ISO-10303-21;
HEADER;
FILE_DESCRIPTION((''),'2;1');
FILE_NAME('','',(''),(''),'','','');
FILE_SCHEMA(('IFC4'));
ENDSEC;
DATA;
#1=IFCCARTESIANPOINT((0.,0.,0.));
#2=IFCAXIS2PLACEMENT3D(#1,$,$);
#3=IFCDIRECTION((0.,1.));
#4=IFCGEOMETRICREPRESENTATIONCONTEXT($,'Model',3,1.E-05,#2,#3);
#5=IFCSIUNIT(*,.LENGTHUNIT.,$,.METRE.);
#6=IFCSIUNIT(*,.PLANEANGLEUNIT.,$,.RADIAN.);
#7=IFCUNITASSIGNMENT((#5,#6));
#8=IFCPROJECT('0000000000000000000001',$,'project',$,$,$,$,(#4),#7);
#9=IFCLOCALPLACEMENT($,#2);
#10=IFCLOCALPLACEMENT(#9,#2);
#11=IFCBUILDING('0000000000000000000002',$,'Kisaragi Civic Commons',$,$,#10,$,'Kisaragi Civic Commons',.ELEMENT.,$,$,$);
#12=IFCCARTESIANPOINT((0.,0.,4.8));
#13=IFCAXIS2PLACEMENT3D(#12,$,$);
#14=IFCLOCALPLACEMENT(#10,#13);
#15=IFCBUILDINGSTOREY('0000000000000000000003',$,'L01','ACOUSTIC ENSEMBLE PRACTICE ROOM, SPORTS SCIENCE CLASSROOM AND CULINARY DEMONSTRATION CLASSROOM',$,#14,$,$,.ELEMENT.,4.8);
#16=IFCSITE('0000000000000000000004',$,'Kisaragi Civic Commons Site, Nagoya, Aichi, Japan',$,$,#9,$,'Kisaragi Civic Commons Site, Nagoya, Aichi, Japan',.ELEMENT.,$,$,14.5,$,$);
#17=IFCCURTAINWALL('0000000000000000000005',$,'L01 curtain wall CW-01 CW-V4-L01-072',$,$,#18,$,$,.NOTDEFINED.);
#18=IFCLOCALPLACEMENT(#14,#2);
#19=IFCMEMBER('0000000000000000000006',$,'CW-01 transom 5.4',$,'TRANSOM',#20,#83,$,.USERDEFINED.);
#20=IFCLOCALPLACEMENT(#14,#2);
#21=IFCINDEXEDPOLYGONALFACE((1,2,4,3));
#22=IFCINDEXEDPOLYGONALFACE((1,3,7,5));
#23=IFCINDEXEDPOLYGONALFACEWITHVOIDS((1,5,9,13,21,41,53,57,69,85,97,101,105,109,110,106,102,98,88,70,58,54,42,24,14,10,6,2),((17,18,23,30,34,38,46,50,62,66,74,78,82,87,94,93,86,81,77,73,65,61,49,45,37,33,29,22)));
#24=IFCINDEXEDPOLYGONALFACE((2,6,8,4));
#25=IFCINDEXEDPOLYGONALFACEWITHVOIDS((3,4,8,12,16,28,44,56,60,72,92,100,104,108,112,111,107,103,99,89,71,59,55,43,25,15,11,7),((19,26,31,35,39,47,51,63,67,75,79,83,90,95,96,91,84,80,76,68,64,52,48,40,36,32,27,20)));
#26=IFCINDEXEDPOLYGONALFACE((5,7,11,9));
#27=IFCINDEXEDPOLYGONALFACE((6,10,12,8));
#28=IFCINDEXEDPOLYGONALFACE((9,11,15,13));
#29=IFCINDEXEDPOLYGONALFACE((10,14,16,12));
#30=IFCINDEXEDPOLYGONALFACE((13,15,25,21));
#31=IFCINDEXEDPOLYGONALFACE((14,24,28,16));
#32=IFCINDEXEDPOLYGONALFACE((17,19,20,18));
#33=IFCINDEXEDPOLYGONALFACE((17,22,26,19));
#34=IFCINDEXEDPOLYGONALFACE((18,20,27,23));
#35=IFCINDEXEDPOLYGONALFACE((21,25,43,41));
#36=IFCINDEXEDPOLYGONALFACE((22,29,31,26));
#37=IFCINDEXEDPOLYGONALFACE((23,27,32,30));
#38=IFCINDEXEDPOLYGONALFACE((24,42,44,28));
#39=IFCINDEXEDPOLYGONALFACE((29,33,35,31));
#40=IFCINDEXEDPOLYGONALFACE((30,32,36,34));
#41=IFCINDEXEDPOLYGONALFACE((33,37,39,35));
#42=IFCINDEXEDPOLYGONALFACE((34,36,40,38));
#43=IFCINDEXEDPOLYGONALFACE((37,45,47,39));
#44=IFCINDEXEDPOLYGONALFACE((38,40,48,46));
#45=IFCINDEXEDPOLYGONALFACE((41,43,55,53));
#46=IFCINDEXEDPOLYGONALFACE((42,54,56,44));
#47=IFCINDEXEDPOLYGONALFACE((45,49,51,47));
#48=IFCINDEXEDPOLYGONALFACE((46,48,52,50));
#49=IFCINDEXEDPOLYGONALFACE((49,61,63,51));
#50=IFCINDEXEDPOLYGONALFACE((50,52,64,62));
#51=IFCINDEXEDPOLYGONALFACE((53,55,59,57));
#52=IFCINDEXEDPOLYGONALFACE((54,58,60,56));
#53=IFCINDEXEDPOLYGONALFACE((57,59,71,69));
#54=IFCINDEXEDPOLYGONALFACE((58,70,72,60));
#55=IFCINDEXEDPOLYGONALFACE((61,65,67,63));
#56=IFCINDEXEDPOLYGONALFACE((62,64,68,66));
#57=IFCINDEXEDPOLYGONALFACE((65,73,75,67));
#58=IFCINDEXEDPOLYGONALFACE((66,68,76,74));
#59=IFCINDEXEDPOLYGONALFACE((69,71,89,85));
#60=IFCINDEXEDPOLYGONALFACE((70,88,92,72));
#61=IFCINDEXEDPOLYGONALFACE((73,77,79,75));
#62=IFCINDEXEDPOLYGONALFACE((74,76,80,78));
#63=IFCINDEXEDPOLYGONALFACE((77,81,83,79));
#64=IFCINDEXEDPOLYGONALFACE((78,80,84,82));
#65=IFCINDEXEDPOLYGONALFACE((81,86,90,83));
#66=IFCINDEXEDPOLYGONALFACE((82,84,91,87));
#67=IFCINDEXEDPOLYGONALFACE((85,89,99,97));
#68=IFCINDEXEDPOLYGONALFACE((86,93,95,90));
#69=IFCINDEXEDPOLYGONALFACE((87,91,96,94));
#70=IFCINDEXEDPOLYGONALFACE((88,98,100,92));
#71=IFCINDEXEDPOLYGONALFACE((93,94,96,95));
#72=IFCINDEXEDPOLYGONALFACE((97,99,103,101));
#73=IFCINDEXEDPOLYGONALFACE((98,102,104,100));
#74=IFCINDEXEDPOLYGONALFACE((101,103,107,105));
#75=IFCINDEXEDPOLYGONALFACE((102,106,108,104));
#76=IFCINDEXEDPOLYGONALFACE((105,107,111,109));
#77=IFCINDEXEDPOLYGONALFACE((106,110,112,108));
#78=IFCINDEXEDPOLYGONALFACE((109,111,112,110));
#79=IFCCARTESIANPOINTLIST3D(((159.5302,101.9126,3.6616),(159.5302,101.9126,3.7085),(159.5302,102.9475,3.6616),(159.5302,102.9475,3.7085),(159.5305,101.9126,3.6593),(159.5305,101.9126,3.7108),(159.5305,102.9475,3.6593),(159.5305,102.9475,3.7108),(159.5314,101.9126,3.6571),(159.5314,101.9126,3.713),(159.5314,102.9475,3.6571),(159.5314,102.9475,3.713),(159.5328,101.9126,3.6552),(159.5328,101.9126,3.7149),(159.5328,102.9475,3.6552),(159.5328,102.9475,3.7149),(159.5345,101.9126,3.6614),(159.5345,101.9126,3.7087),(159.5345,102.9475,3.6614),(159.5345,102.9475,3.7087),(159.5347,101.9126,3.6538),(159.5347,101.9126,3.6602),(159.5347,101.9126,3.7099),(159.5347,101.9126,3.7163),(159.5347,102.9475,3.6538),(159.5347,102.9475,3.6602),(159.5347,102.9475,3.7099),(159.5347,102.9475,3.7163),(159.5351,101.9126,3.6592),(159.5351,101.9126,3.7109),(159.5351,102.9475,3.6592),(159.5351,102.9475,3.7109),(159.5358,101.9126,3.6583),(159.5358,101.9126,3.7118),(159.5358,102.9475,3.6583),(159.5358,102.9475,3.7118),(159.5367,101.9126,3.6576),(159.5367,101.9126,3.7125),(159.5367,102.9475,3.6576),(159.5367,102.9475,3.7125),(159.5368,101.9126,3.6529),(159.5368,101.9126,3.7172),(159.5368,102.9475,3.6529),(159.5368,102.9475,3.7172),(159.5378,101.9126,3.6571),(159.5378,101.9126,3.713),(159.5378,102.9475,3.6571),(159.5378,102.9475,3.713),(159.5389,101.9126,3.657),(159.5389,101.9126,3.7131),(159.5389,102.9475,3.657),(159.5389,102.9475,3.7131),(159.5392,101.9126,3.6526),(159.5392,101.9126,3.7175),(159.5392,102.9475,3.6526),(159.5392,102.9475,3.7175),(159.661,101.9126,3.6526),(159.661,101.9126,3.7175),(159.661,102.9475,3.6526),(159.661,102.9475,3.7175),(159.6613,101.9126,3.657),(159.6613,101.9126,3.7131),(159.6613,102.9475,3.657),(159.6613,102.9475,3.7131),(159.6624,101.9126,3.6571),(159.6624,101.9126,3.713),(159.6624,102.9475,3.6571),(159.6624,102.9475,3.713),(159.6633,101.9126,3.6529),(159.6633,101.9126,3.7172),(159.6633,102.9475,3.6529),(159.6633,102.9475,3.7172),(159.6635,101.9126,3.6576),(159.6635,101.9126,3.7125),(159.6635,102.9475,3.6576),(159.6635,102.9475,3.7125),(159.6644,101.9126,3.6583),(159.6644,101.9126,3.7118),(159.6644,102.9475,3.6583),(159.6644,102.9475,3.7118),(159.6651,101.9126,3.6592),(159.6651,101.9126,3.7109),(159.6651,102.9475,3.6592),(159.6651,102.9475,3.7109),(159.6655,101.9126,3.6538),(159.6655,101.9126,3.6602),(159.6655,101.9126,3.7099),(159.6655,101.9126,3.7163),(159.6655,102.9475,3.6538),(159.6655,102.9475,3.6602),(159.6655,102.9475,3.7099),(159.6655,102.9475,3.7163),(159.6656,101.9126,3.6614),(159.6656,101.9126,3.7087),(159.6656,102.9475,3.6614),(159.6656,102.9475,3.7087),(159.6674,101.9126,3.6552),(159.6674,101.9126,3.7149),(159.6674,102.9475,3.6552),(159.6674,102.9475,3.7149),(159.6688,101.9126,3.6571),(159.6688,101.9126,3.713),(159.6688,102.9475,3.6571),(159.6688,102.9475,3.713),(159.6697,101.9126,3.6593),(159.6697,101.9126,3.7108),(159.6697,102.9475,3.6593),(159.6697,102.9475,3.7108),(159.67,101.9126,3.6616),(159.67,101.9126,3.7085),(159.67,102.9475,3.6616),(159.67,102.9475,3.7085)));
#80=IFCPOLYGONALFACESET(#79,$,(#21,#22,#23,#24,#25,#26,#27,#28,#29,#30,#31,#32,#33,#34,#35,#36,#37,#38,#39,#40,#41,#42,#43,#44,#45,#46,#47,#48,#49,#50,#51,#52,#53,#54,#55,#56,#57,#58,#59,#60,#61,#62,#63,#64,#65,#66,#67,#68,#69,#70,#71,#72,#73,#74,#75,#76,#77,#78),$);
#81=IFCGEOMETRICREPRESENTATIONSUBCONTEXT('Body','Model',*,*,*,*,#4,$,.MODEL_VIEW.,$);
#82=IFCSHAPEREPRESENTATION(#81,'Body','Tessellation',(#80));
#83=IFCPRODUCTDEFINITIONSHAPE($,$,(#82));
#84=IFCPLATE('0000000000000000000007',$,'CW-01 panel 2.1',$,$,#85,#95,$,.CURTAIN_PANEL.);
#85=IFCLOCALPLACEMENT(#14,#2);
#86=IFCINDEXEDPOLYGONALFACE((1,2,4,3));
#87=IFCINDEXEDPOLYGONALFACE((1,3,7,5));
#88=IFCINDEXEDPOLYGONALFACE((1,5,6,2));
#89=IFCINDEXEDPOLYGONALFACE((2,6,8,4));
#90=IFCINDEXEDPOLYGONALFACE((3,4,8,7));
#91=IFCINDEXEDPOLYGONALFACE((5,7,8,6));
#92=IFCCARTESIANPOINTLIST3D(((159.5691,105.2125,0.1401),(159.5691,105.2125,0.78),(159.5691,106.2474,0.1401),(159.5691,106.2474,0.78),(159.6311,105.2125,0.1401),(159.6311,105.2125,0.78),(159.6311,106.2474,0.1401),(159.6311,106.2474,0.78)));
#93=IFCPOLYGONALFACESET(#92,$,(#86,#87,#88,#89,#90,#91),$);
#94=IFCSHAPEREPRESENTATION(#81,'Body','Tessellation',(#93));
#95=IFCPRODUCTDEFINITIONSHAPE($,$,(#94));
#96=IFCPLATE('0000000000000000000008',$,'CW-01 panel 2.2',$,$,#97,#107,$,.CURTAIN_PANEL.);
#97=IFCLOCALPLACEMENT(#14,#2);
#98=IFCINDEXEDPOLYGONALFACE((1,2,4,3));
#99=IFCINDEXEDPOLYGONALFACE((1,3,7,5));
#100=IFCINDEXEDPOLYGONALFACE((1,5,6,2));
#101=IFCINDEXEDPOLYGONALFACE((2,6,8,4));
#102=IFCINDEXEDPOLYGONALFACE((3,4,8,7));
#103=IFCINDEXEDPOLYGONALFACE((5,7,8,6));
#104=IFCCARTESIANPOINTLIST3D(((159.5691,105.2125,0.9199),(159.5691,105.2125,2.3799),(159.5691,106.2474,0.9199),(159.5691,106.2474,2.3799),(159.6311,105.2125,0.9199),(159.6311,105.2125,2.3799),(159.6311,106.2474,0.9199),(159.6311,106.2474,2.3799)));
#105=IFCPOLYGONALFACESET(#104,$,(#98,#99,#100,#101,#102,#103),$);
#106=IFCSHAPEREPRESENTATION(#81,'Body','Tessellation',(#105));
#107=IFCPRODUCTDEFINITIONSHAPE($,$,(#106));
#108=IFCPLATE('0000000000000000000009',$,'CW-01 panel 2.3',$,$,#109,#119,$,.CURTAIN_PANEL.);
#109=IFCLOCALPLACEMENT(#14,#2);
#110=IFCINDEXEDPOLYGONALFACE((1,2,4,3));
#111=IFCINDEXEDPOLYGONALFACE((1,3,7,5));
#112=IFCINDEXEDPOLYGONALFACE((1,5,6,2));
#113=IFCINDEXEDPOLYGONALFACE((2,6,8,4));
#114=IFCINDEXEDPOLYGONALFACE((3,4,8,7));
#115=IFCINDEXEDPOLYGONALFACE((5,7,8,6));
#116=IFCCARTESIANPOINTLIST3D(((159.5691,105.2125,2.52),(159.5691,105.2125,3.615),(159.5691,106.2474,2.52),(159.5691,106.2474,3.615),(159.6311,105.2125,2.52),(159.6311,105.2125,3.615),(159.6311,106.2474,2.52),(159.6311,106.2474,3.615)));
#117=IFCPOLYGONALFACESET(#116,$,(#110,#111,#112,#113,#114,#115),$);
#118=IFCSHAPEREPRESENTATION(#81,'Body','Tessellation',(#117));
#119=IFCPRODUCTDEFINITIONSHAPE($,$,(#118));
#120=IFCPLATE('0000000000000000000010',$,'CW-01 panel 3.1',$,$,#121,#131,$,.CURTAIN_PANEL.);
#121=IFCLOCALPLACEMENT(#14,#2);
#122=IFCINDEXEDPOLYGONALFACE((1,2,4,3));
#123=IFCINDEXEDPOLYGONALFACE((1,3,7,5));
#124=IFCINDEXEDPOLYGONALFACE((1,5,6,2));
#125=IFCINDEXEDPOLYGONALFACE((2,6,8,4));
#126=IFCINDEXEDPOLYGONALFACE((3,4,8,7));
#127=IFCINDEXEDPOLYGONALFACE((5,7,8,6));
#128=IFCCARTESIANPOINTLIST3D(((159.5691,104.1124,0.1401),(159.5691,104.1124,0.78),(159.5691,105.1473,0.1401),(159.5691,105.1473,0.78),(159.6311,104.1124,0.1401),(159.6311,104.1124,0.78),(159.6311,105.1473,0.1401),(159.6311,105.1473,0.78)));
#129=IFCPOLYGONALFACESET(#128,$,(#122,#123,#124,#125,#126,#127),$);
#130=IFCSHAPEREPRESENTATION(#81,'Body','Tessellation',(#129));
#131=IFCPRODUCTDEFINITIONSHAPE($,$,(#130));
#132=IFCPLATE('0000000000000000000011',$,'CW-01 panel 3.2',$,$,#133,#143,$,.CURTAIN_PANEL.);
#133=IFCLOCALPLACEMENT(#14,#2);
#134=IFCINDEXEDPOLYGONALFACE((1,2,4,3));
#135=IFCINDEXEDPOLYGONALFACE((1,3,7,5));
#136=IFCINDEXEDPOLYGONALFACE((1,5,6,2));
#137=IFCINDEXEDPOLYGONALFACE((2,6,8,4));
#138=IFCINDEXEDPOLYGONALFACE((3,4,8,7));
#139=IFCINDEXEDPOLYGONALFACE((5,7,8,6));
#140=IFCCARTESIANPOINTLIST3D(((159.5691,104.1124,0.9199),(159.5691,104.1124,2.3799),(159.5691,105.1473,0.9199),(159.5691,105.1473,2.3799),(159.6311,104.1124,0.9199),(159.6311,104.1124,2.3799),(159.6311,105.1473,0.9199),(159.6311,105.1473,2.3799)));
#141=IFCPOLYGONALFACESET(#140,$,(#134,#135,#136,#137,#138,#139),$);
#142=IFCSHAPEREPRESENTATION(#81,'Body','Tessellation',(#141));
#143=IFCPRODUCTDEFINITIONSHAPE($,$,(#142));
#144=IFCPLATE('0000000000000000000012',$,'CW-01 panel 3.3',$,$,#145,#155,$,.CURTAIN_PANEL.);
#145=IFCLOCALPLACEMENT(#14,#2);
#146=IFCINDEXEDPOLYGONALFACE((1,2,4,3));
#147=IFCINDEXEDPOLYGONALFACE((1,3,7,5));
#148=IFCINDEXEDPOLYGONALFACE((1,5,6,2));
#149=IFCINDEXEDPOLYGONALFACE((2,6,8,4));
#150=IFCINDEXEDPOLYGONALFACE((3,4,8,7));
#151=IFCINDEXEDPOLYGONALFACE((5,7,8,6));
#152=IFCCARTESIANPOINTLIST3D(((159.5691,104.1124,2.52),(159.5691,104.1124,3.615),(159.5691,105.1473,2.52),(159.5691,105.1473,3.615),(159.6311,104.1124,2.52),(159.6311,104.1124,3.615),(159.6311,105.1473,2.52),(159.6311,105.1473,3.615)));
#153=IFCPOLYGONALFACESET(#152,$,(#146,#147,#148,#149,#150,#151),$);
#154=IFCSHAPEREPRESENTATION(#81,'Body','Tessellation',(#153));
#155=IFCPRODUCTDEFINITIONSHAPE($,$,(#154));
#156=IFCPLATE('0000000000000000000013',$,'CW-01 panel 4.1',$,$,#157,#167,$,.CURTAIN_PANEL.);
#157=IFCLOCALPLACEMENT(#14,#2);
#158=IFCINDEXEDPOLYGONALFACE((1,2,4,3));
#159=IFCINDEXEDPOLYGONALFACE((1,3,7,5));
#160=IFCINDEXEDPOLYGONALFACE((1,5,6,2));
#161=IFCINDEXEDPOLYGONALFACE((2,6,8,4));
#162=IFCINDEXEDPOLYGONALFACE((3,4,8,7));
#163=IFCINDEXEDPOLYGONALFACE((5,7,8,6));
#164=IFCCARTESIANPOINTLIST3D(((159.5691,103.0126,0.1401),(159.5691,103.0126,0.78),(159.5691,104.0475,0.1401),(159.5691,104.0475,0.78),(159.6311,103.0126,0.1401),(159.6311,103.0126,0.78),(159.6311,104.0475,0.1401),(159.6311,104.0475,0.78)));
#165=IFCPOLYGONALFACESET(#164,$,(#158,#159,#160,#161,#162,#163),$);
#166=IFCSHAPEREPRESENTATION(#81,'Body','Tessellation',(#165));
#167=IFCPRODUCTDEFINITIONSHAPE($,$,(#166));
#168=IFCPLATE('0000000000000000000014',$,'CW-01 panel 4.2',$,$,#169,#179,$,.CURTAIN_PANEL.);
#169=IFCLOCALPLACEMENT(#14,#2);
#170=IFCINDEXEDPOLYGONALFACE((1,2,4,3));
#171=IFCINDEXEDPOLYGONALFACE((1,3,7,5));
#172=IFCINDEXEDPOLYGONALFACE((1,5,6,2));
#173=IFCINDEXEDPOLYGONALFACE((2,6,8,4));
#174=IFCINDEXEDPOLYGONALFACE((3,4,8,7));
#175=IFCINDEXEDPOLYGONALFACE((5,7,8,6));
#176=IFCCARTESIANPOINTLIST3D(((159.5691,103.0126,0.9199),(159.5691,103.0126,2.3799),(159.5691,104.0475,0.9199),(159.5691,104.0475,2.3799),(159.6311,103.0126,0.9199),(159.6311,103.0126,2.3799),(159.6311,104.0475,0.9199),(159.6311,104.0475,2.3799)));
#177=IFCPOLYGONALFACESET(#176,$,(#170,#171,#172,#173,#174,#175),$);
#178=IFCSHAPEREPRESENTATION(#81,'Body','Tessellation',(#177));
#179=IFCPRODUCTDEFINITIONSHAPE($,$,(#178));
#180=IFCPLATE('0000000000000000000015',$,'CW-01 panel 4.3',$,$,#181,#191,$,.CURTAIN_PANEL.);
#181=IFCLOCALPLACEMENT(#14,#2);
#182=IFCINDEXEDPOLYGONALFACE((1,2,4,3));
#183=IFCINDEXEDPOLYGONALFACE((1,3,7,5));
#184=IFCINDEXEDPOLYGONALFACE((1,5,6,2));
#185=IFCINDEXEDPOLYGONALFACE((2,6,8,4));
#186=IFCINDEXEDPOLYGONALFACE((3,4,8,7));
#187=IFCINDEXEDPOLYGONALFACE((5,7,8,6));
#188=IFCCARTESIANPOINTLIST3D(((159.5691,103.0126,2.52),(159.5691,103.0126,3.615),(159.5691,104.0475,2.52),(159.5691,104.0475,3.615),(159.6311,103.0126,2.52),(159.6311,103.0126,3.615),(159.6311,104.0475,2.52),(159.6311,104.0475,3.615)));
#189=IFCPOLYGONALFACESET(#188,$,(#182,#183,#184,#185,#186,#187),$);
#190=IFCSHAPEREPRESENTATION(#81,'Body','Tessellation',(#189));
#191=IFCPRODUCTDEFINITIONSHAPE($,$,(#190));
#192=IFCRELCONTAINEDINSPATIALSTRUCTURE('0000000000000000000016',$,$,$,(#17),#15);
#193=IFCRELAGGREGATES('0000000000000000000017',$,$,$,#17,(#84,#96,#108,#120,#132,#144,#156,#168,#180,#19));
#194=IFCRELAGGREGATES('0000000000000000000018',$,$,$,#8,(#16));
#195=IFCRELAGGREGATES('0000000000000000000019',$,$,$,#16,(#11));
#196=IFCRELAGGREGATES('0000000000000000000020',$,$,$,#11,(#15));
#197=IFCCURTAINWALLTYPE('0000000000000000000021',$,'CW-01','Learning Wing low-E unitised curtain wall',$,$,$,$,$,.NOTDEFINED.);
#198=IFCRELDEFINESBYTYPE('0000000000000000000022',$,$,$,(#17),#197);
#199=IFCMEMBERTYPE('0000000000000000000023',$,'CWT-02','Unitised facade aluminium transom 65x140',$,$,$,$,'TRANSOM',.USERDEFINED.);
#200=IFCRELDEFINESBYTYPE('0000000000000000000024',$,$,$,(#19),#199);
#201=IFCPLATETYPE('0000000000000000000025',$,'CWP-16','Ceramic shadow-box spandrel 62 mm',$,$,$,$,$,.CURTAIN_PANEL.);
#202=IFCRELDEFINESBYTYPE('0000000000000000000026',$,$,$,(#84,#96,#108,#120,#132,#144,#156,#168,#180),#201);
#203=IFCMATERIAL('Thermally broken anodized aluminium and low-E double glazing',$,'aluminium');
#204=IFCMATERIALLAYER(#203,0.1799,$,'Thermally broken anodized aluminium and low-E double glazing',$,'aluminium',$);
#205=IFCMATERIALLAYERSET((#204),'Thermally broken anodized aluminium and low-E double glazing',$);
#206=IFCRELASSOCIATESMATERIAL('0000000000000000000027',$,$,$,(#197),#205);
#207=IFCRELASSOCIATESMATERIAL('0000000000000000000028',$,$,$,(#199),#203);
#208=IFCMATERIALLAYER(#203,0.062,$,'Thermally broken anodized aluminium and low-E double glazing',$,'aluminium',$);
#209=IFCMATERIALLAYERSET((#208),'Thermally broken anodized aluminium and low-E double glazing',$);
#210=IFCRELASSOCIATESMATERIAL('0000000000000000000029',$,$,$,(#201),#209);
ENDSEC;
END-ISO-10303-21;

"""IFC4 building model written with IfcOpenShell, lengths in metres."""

from ifc_helpers import new_model, si_unit, direction, frame, origin, origin_2d, place, context, subcontext, project, spatial, rectangle, hollow_rectangle, extrude, material, layer, layer_set, material_profile, profile_set, type_object, element, aggregate, save


model = new_model("IFC4")

# Units and contexts
model_context = context("Model", 3, precision=1e-05, world=origin(), true_north=direction((0.0, 1.0)))
body_context = subcontext(model_context, "Body", "Model", "MODEL_VIEW")
ifc_project = project(units=[si_unit("LENGTHUNIT", "METRE"), si_unit("PLANEANGLEUNIT", "RADIAN")], contexts=[model_context])

# Site, building, storey
site_placement = place(None, origin())
site = spatial("IfcSite", under=ifc_project, at=site_placement, Name="Kisaragi Civic Commons Site, Nagoya, Aichi, Japan", LongName="Kisaragi Civic Commons Site, Nagoya, Aichi, Japan", CompositionType="ELEMENT", RefElevation=14.5)
building_placement = place(site_placement, origin())
building = spatial("IfcBuilding", under=site, at=building_placement, Name="Kisaragi Civic Commons", LongName="Kisaragi Civic Commons", CompositionType="ELEMENT")
storey_placement = place(building_placement, frame((0.0, 0.0, 4.8)))
storey = spatial("IfcBuildingStorey", under=building, at=storey_placement, Name="L01", Description="ACOUSTIC ENSEMBLE PRACTICE ROOM, SPORTS SCIENCE CLASSROOM AND CULINARY DEMONSTRATION CLASSROOM", CompositionType="ELEMENT", Elevation=4.8)

# Curtain wall, member, plates
ifc_material = material(Name="Thermally broken anodized aluminium and low-E double glazing", Category="aluminium")
ifc_layer_1 = layer(ifc_material, 0.1799, Name="Thermally broken anodized aluminium and low-E double glazing", Category="aluminium")
ifc_layer_set_1 = layer_set([ifc_layer_1], Name="Thermally broken anodized aluminium and low-E double glazing")
curtain_wall_type = type_object("IfcCurtainWallType", Name="CW-01", Description="Learning Wing low-E unitised curtain wall", PredefinedType="NOTDEFINED", material=ifc_layer_set_1)
curtain_wall_placement = place(storey_placement, origin())
curtain_wall = element("IfcCurtainWall", 1, at=curtain_wall_placement, inside=storey, type_object=curtain_wall_type, Name="L01 curtain wall CW-01 CW-V4-L01-072", PredefinedType="NOTDEFINED")
ifc_material_profile_1 = material_profile(ifc_material, hollow_rectangle(XDim=0.1399, YDim=0.0649, WallThickness=0.0044, InnerFilletRadius=0.0044, OuterFilletRadius=0.009, at=origin_2d()), Name="CWT-65x140x4.5", Category="aluminium")
ifc_profile_set_1 = profile_set([ifc_material_profile_1], Name="Thermally broken anodized aluminium and low-E double glazing")
member_type_1 = type_object("IfcMemberType", Name="CWT-02", Description="Unitised facade aluminium transom 65x140", ElementType="TRANSOM", PredefinedType="USERDEFINED", material=ifc_profile_set_1)
member_1_placement = place(storey_placement, frame((159.6001, 102.9475, 3.6851), z_axis=(0.0, -1.0, 0.0), x_axis=(1.0, 0.0, 0.0)))
member_1 = element("IfcMember", 2, at=member_1_placement, type_object=member_type_1, Name="CW-01 transom 5.4", ObjectType="TRANSOM", PredefinedType="USERDEFINED", context=body_context, shape_type="SweptSolid", body=[
    extrude(hollow_rectangle(XDim=0.1399, YDim=0.0649, WallThickness=0.0044, InnerFilletRadius=0.0044, OuterFilletRadius=0.009, at=origin_2d()), origin(), (0.0, 0.0, 1.0), 1.0349),
])
ifc_layer_2 = layer(ifc_material, 0.062, Name="Thermally broken anodized aluminium and low-E double glazing", Category="aluminium")
ifc_layer_set_2 = layer_set([ifc_layer_2], Name="Thermally broken anodized aluminium and low-E double glazing")
plate_type = type_object("IfcPlateType", Name="CWP-16", Description="Ceramic shadow-box spandrel 62 mm", PredefinedType="CURTAIN_PANEL", material=ifc_layer_set_2)
plate_1_placement = place(storey_placement, frame((159.6001, 105.73, 0.1401), z_axis=(0.0, 0.0, 1.0), x_axis=(0.0, -1.0, 0.0)))
plate_1 = element("IfcPlate", 3, at=plate_1_placement, type_object=plate_type, Name="CW-01 panel 2.1", PredefinedType="CURTAIN_PANEL", context=body_context, shape_type="SweptSolid", body=[
    extrude(rectangle(XDim=1.0349, YDim=0.062, at=origin_2d()), origin(), (0.0, 0.0, 1.0), 0.6399),
])
plate_2_placement = place(storey_placement, frame((159.6001, 105.73, 0.9199), z_axis=(0.0, 0.0, 1.0), x_axis=(0.0, -1.0, 0.0)))
plate_2 = element("IfcPlate", 4, at=plate_2_placement, type_object=plate_type, Name="CW-01 panel 2.2", PredefinedType="CURTAIN_PANEL", context=body_context, shape_type="SweptSolid", body=[
    extrude(rectangle(XDim=1.0349, YDim=0.062, at=origin_2d()), origin(), (0.0, 0.0, 1.0), 1.46),
])
plate_3_placement = place(storey_placement, frame((159.6001, 105.73, 2.52), z_axis=(0.0, 0.0, 1.0), x_axis=(0.0, -1.0, 0.0)))
plate_3 = element("IfcPlate", 5, at=plate_3_placement, type_object=plate_type, Name="CW-01 panel 2.3", PredefinedType="CURTAIN_PANEL", context=body_context, shape_type="SweptSolid", body=[
    extrude(rectangle(XDim=1.0349, YDim=0.062, at=origin_2d()), origin(), (0.0, 0.0, 1.0), 1.095),
])
plate_4_placement = place(storey_placement, frame((159.6001, 104.6299, 0.1401), z_axis=(0.0, 0.0, 1.0), x_axis=(0.0, -1.0, 0.0)))
plate_4 = element("IfcPlate", 6, at=plate_4_placement, type_object=plate_type, Name="CW-01 panel 3.1", PredefinedType="CURTAIN_PANEL", context=body_context, shape_type="SweptSolid", body=[
    extrude(rectangle(XDim=1.0349, YDim=0.062, at=origin_2d()), origin(), (0.0, 0.0, 1.0), 0.6399),
])
plate_5_placement = place(storey_placement, frame((159.6001, 104.6299, 0.9199), z_axis=(0.0, 0.0, 1.0), x_axis=(0.0, -1.0, 0.0)))
plate_5 = element("IfcPlate", 7, at=plate_5_placement, type_object=plate_type, Name="CW-01 panel 3.2", PredefinedType="CURTAIN_PANEL", context=body_context, shape_type="SweptSolid", body=[
    extrude(rectangle(XDim=1.0349, YDim=0.062, at=origin_2d()), origin(), (0.0, 0.0, 1.0), 1.46),
])
plate_6_placement = place(storey_placement, frame((159.6001, 104.6299, 2.52), z_axis=(0.0, 0.0, 1.0), x_axis=(0.0, -1.0, 0.0)))
plate_6 = element("IfcPlate", 8, at=plate_6_placement, type_object=plate_type, Name="CW-01 panel 3.3", PredefinedType="CURTAIN_PANEL", context=body_context, shape_type="SweptSolid", body=[
    extrude(rectangle(XDim=1.0349, YDim=0.062, at=origin_2d()), origin(), (0.0, 0.0, 1.0), 1.095),
])
plate_7_placement = place(storey_placement, frame((159.6001, 103.53, 0.1401), z_axis=(0.0, 0.0, 1.0), x_axis=(0.0, -1.0, 0.0)))
plate_7 = element("IfcPlate", 9, at=plate_7_placement, type_object=plate_type, Name="CW-01 panel 4.1", PredefinedType="CURTAIN_PANEL", context=body_context, shape_type="SweptSolid", body=[
    extrude(rectangle(XDim=1.0349, YDim=0.062, at=origin_2d()), origin(), (0.0, 0.0, 1.0), 0.6399),
])
plate_8_placement = place(storey_placement, frame((159.6001, 103.53, 0.9199), z_axis=(0.0, 0.0, 1.0), x_axis=(0.0, -1.0, 0.0)))
plate_8 = element("IfcPlate", 10, at=plate_8_placement, type_object=plate_type, Name="CW-01 panel 4.2", PredefinedType="CURTAIN_PANEL", context=body_context, shape_type="SweptSolid", body=[
    extrude(rectangle(XDim=1.0349, YDim=0.062, at=origin_2d()), origin(), (0.0, 0.0, 1.0), 1.46),
])
plate_9_placement = place(storey_placement, frame((159.6001, 103.53, 2.52), z_axis=(0.0, 0.0, 1.0), x_axis=(0.0, -1.0, 0.0)))
plate_9 = element("IfcPlate", 11, at=plate_9_placement, type_object=plate_type, Name="CW-01 panel 4.3", PredefinedType="CURTAIN_PANEL", context=body_context, shape_type="SweptSolid", body=[
    extrude(rectangle(XDim=1.0349, YDim=0.062, at=origin_2d()), origin(), (0.0, 0.0, 1.0), 1.095),
])
aggregate(curtain_wall, [plate_1, plate_2, plate_3, plate_4, plate_5, plate_6, plate_7, plate_8, plate_9, member_1])

save(model, "model.ifc")
